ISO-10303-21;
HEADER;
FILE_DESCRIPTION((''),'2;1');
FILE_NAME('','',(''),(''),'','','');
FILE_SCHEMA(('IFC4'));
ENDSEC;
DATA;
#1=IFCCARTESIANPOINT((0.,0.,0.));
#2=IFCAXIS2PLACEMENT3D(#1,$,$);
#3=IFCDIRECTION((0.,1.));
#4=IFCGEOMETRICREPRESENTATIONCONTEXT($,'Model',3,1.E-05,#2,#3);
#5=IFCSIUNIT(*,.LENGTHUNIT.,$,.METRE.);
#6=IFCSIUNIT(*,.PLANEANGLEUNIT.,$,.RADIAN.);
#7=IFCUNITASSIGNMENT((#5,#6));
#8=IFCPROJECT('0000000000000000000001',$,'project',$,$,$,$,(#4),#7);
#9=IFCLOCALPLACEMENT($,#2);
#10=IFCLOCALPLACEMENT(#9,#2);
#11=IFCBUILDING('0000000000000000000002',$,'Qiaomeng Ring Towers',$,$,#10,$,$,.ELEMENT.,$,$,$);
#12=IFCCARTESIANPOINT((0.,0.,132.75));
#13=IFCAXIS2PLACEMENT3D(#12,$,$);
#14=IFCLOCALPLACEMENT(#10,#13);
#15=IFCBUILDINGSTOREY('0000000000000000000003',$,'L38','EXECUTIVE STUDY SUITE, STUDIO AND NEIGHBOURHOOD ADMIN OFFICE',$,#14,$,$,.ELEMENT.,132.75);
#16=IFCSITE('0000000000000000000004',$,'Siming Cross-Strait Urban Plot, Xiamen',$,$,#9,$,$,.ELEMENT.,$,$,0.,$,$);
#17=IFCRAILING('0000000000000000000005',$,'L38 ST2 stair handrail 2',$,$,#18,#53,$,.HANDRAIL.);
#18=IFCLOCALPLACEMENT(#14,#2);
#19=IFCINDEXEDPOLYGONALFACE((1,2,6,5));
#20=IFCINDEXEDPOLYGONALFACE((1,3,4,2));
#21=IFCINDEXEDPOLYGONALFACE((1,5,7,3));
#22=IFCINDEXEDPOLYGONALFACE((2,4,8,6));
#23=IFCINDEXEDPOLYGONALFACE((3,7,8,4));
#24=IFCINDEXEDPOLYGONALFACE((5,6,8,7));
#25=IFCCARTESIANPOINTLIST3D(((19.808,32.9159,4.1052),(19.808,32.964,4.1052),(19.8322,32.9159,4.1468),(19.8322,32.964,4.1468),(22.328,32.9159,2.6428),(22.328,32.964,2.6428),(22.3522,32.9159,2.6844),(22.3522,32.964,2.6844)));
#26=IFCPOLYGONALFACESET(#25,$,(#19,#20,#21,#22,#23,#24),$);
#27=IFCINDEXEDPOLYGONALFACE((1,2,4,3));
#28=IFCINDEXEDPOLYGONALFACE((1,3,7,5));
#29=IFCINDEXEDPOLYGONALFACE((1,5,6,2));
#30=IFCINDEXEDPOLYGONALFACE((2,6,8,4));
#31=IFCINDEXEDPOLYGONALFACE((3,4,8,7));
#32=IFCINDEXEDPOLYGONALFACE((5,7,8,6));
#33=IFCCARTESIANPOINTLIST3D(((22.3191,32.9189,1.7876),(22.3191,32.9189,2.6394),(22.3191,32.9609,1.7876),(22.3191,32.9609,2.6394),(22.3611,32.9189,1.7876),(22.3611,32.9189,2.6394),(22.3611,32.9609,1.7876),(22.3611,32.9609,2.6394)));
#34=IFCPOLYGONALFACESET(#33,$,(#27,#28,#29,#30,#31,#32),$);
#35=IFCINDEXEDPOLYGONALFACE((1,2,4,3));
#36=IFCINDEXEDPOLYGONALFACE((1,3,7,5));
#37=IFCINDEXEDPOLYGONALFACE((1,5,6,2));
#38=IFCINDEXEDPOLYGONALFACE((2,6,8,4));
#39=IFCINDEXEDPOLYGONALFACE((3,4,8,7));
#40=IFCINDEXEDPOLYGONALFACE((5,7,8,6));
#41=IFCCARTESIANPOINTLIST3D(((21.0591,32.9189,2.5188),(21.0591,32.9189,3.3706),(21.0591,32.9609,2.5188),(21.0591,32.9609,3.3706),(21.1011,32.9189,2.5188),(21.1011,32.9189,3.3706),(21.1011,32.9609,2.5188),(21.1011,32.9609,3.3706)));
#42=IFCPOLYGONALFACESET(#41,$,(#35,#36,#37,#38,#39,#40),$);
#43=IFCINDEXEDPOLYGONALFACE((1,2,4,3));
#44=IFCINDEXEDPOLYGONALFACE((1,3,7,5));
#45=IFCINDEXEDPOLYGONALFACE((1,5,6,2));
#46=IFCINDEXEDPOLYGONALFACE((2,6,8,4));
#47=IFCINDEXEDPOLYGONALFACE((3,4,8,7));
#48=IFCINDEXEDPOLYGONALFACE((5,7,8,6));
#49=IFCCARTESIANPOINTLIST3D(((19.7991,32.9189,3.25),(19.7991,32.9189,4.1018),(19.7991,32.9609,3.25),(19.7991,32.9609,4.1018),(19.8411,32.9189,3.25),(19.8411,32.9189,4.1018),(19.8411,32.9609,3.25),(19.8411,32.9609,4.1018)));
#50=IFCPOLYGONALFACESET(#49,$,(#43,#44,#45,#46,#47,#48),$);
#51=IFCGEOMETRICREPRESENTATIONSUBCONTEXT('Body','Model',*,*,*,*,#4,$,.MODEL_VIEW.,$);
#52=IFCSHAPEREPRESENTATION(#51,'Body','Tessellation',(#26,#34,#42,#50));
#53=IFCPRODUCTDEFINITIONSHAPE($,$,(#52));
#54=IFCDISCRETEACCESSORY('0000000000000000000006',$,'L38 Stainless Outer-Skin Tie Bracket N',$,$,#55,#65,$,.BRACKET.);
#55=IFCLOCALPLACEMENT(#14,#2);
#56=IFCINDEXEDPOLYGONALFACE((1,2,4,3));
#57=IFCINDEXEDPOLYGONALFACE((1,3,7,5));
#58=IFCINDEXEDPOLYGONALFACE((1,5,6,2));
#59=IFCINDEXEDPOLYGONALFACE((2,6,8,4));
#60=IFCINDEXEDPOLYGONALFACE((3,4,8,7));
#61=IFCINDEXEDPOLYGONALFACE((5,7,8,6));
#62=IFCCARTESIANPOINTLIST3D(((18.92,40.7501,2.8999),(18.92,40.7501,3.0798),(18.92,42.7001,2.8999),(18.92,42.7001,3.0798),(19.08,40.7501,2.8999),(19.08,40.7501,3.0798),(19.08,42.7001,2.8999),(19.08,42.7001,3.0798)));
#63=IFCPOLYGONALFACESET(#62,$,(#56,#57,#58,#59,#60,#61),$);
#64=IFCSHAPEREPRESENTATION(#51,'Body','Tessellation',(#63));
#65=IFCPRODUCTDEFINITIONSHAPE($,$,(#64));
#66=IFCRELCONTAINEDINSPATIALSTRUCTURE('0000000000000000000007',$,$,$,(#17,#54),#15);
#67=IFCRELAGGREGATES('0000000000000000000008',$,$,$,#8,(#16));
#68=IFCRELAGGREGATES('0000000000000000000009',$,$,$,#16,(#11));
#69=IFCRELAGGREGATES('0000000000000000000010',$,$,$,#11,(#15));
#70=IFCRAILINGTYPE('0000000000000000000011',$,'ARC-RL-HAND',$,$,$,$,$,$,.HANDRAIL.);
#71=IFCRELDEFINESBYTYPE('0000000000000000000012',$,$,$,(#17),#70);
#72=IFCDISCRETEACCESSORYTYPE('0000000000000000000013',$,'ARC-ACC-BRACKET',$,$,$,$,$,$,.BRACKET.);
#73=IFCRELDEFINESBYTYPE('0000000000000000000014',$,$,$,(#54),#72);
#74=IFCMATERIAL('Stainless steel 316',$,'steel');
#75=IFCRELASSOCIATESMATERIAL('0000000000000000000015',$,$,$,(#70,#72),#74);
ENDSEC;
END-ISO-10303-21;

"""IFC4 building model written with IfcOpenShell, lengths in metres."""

from ifc_helpers import new_model, si_unit, direction, frame, origin, origin_2d, place, context, subcontext, project, spatial, rectangle, extrude, source, transform, mapped, material, type_object, element, save


model = new_model("IFC4")

# Units and contexts
model_context = context("Model", 3, precision=1e-05, world=origin(), true_north=direction((0.0, 1.0)))
body_context = subcontext(model_context, "Body", "Model", "MODEL_VIEW")
ifc_project = project(units=[si_unit("LENGTHUNIT", "METRE"), si_unit("PLANEANGLEUNIT", "RADIAN")], contexts=[model_context])

# Site, building, storey
site_placement = place(None, origin())
site = spatial("IfcSite", under=ifc_project, at=site_placement, Name="Siming Cross-Strait Urban Plot, Xiamen", CompositionType="ELEMENT", RefElevation=0.0)
building_placement = place(site_placement, origin())
building = spatial("IfcBuilding", under=site, at=building_placement, Name="Qiaomeng Ring Towers", CompositionType="ELEMENT")
storey_placement = place(building_placement, frame((0.0, 0.0, 132.75)))
storey = spatial("IfcBuildingStorey", under=building, at=storey_placement, Name="L38", Description="EXECUTIVE STUDY SUITE, STUDIO AND NEIGHBOURHOOD ADMIN OFFICE", CompositionType="ELEMENT", Elevation=132.75)

# Railing
ifc_material_1 = material(Name="Stainless steel 316", Category="steel")
railing_type_1 = type_object("IfcRailingType", Name="ARC-RL-HAND", PredefinedType="HANDRAIL", material=ifc_material_1)
railing_1_placement = place(storey_placement, frame((22.3401, 32.9399, 1.7876)))
element("IfcRailing", 1, at=railing_1_placement, inside=storey, type_object=railing_type_1, Name="L38 ST2 stair handrail 2", PredefinedType="HANDRAIL", context=body_context, shape_type="SweptSolid", body=[
    extrude(rectangle(XDim=0.0481, YDim=0.0481, at=origin_2d()), frame((0.0, 0.0, 0.876), z_axis=(-0.864913, 0.0, 0.501921), x_axis=(0.0, -1.0, 0.0)), (0.0, 0.0, 1.0), 2.9136),
    extrude(rectangle(XDim=0.042, YDim=0.042, at=origin_2d()), origin(), (0.0, 0.0, 1.0), 0.8518),
    extrude(rectangle(XDim=0.042, YDim=0.042, at=origin_2d()), frame((-1.26, 0.0, 0.7312)), (0.0, 0.0, 1.0), 0.8518),
    extrude(rectangle(XDim=0.042, YDim=0.042, at=origin_2d()), frame((-2.52, 0.0, 1.4624)), (0.0, 0.0, 1.0), 0.8518),
])

# Discrete accessory
discrete_accessory_type = type_object("IfcDiscreteAccessoryType", Name="ARC-ACC-BRACKET", PredefinedType="BRACKET", material=ifc_material_1)
shared_shape_1 = source(origin(), body_context, "Body", "SweptSolid", [
    extrude(rectangle(XDim=0.1599, YDim=1.95, at=origin_2d()), origin(), (0.0, 0.0, 1.0), 0.1799),
])
discrete_accessory_placement = place(storey_placement, frame((19.0, 41.7251, 2.8999), z_axis=(0.0, 0.0, 1.0), x_axis=(1.0, 0.0, 0.0)))
element("IfcDiscreteAccessory", 2, at=discrete_accessory_placement, inside=storey, type_object=discrete_accessory_type, Name="L38 Stainless Outer-Skin Tie Bracket N", PredefinedType="BRACKET", context=body_context, shape_type="MappedRepresentation", body=[
    mapped(shared_shape_1, transform((0.0, 0.0, 0.0), x_axis=(1.0, 0.0, 0.0), y_axis=(0.0, 1.0, 0.0), z_axis=(0.0, 0.0, 1.0), scale=1.0)),
])

save(model, "model.ifc")
